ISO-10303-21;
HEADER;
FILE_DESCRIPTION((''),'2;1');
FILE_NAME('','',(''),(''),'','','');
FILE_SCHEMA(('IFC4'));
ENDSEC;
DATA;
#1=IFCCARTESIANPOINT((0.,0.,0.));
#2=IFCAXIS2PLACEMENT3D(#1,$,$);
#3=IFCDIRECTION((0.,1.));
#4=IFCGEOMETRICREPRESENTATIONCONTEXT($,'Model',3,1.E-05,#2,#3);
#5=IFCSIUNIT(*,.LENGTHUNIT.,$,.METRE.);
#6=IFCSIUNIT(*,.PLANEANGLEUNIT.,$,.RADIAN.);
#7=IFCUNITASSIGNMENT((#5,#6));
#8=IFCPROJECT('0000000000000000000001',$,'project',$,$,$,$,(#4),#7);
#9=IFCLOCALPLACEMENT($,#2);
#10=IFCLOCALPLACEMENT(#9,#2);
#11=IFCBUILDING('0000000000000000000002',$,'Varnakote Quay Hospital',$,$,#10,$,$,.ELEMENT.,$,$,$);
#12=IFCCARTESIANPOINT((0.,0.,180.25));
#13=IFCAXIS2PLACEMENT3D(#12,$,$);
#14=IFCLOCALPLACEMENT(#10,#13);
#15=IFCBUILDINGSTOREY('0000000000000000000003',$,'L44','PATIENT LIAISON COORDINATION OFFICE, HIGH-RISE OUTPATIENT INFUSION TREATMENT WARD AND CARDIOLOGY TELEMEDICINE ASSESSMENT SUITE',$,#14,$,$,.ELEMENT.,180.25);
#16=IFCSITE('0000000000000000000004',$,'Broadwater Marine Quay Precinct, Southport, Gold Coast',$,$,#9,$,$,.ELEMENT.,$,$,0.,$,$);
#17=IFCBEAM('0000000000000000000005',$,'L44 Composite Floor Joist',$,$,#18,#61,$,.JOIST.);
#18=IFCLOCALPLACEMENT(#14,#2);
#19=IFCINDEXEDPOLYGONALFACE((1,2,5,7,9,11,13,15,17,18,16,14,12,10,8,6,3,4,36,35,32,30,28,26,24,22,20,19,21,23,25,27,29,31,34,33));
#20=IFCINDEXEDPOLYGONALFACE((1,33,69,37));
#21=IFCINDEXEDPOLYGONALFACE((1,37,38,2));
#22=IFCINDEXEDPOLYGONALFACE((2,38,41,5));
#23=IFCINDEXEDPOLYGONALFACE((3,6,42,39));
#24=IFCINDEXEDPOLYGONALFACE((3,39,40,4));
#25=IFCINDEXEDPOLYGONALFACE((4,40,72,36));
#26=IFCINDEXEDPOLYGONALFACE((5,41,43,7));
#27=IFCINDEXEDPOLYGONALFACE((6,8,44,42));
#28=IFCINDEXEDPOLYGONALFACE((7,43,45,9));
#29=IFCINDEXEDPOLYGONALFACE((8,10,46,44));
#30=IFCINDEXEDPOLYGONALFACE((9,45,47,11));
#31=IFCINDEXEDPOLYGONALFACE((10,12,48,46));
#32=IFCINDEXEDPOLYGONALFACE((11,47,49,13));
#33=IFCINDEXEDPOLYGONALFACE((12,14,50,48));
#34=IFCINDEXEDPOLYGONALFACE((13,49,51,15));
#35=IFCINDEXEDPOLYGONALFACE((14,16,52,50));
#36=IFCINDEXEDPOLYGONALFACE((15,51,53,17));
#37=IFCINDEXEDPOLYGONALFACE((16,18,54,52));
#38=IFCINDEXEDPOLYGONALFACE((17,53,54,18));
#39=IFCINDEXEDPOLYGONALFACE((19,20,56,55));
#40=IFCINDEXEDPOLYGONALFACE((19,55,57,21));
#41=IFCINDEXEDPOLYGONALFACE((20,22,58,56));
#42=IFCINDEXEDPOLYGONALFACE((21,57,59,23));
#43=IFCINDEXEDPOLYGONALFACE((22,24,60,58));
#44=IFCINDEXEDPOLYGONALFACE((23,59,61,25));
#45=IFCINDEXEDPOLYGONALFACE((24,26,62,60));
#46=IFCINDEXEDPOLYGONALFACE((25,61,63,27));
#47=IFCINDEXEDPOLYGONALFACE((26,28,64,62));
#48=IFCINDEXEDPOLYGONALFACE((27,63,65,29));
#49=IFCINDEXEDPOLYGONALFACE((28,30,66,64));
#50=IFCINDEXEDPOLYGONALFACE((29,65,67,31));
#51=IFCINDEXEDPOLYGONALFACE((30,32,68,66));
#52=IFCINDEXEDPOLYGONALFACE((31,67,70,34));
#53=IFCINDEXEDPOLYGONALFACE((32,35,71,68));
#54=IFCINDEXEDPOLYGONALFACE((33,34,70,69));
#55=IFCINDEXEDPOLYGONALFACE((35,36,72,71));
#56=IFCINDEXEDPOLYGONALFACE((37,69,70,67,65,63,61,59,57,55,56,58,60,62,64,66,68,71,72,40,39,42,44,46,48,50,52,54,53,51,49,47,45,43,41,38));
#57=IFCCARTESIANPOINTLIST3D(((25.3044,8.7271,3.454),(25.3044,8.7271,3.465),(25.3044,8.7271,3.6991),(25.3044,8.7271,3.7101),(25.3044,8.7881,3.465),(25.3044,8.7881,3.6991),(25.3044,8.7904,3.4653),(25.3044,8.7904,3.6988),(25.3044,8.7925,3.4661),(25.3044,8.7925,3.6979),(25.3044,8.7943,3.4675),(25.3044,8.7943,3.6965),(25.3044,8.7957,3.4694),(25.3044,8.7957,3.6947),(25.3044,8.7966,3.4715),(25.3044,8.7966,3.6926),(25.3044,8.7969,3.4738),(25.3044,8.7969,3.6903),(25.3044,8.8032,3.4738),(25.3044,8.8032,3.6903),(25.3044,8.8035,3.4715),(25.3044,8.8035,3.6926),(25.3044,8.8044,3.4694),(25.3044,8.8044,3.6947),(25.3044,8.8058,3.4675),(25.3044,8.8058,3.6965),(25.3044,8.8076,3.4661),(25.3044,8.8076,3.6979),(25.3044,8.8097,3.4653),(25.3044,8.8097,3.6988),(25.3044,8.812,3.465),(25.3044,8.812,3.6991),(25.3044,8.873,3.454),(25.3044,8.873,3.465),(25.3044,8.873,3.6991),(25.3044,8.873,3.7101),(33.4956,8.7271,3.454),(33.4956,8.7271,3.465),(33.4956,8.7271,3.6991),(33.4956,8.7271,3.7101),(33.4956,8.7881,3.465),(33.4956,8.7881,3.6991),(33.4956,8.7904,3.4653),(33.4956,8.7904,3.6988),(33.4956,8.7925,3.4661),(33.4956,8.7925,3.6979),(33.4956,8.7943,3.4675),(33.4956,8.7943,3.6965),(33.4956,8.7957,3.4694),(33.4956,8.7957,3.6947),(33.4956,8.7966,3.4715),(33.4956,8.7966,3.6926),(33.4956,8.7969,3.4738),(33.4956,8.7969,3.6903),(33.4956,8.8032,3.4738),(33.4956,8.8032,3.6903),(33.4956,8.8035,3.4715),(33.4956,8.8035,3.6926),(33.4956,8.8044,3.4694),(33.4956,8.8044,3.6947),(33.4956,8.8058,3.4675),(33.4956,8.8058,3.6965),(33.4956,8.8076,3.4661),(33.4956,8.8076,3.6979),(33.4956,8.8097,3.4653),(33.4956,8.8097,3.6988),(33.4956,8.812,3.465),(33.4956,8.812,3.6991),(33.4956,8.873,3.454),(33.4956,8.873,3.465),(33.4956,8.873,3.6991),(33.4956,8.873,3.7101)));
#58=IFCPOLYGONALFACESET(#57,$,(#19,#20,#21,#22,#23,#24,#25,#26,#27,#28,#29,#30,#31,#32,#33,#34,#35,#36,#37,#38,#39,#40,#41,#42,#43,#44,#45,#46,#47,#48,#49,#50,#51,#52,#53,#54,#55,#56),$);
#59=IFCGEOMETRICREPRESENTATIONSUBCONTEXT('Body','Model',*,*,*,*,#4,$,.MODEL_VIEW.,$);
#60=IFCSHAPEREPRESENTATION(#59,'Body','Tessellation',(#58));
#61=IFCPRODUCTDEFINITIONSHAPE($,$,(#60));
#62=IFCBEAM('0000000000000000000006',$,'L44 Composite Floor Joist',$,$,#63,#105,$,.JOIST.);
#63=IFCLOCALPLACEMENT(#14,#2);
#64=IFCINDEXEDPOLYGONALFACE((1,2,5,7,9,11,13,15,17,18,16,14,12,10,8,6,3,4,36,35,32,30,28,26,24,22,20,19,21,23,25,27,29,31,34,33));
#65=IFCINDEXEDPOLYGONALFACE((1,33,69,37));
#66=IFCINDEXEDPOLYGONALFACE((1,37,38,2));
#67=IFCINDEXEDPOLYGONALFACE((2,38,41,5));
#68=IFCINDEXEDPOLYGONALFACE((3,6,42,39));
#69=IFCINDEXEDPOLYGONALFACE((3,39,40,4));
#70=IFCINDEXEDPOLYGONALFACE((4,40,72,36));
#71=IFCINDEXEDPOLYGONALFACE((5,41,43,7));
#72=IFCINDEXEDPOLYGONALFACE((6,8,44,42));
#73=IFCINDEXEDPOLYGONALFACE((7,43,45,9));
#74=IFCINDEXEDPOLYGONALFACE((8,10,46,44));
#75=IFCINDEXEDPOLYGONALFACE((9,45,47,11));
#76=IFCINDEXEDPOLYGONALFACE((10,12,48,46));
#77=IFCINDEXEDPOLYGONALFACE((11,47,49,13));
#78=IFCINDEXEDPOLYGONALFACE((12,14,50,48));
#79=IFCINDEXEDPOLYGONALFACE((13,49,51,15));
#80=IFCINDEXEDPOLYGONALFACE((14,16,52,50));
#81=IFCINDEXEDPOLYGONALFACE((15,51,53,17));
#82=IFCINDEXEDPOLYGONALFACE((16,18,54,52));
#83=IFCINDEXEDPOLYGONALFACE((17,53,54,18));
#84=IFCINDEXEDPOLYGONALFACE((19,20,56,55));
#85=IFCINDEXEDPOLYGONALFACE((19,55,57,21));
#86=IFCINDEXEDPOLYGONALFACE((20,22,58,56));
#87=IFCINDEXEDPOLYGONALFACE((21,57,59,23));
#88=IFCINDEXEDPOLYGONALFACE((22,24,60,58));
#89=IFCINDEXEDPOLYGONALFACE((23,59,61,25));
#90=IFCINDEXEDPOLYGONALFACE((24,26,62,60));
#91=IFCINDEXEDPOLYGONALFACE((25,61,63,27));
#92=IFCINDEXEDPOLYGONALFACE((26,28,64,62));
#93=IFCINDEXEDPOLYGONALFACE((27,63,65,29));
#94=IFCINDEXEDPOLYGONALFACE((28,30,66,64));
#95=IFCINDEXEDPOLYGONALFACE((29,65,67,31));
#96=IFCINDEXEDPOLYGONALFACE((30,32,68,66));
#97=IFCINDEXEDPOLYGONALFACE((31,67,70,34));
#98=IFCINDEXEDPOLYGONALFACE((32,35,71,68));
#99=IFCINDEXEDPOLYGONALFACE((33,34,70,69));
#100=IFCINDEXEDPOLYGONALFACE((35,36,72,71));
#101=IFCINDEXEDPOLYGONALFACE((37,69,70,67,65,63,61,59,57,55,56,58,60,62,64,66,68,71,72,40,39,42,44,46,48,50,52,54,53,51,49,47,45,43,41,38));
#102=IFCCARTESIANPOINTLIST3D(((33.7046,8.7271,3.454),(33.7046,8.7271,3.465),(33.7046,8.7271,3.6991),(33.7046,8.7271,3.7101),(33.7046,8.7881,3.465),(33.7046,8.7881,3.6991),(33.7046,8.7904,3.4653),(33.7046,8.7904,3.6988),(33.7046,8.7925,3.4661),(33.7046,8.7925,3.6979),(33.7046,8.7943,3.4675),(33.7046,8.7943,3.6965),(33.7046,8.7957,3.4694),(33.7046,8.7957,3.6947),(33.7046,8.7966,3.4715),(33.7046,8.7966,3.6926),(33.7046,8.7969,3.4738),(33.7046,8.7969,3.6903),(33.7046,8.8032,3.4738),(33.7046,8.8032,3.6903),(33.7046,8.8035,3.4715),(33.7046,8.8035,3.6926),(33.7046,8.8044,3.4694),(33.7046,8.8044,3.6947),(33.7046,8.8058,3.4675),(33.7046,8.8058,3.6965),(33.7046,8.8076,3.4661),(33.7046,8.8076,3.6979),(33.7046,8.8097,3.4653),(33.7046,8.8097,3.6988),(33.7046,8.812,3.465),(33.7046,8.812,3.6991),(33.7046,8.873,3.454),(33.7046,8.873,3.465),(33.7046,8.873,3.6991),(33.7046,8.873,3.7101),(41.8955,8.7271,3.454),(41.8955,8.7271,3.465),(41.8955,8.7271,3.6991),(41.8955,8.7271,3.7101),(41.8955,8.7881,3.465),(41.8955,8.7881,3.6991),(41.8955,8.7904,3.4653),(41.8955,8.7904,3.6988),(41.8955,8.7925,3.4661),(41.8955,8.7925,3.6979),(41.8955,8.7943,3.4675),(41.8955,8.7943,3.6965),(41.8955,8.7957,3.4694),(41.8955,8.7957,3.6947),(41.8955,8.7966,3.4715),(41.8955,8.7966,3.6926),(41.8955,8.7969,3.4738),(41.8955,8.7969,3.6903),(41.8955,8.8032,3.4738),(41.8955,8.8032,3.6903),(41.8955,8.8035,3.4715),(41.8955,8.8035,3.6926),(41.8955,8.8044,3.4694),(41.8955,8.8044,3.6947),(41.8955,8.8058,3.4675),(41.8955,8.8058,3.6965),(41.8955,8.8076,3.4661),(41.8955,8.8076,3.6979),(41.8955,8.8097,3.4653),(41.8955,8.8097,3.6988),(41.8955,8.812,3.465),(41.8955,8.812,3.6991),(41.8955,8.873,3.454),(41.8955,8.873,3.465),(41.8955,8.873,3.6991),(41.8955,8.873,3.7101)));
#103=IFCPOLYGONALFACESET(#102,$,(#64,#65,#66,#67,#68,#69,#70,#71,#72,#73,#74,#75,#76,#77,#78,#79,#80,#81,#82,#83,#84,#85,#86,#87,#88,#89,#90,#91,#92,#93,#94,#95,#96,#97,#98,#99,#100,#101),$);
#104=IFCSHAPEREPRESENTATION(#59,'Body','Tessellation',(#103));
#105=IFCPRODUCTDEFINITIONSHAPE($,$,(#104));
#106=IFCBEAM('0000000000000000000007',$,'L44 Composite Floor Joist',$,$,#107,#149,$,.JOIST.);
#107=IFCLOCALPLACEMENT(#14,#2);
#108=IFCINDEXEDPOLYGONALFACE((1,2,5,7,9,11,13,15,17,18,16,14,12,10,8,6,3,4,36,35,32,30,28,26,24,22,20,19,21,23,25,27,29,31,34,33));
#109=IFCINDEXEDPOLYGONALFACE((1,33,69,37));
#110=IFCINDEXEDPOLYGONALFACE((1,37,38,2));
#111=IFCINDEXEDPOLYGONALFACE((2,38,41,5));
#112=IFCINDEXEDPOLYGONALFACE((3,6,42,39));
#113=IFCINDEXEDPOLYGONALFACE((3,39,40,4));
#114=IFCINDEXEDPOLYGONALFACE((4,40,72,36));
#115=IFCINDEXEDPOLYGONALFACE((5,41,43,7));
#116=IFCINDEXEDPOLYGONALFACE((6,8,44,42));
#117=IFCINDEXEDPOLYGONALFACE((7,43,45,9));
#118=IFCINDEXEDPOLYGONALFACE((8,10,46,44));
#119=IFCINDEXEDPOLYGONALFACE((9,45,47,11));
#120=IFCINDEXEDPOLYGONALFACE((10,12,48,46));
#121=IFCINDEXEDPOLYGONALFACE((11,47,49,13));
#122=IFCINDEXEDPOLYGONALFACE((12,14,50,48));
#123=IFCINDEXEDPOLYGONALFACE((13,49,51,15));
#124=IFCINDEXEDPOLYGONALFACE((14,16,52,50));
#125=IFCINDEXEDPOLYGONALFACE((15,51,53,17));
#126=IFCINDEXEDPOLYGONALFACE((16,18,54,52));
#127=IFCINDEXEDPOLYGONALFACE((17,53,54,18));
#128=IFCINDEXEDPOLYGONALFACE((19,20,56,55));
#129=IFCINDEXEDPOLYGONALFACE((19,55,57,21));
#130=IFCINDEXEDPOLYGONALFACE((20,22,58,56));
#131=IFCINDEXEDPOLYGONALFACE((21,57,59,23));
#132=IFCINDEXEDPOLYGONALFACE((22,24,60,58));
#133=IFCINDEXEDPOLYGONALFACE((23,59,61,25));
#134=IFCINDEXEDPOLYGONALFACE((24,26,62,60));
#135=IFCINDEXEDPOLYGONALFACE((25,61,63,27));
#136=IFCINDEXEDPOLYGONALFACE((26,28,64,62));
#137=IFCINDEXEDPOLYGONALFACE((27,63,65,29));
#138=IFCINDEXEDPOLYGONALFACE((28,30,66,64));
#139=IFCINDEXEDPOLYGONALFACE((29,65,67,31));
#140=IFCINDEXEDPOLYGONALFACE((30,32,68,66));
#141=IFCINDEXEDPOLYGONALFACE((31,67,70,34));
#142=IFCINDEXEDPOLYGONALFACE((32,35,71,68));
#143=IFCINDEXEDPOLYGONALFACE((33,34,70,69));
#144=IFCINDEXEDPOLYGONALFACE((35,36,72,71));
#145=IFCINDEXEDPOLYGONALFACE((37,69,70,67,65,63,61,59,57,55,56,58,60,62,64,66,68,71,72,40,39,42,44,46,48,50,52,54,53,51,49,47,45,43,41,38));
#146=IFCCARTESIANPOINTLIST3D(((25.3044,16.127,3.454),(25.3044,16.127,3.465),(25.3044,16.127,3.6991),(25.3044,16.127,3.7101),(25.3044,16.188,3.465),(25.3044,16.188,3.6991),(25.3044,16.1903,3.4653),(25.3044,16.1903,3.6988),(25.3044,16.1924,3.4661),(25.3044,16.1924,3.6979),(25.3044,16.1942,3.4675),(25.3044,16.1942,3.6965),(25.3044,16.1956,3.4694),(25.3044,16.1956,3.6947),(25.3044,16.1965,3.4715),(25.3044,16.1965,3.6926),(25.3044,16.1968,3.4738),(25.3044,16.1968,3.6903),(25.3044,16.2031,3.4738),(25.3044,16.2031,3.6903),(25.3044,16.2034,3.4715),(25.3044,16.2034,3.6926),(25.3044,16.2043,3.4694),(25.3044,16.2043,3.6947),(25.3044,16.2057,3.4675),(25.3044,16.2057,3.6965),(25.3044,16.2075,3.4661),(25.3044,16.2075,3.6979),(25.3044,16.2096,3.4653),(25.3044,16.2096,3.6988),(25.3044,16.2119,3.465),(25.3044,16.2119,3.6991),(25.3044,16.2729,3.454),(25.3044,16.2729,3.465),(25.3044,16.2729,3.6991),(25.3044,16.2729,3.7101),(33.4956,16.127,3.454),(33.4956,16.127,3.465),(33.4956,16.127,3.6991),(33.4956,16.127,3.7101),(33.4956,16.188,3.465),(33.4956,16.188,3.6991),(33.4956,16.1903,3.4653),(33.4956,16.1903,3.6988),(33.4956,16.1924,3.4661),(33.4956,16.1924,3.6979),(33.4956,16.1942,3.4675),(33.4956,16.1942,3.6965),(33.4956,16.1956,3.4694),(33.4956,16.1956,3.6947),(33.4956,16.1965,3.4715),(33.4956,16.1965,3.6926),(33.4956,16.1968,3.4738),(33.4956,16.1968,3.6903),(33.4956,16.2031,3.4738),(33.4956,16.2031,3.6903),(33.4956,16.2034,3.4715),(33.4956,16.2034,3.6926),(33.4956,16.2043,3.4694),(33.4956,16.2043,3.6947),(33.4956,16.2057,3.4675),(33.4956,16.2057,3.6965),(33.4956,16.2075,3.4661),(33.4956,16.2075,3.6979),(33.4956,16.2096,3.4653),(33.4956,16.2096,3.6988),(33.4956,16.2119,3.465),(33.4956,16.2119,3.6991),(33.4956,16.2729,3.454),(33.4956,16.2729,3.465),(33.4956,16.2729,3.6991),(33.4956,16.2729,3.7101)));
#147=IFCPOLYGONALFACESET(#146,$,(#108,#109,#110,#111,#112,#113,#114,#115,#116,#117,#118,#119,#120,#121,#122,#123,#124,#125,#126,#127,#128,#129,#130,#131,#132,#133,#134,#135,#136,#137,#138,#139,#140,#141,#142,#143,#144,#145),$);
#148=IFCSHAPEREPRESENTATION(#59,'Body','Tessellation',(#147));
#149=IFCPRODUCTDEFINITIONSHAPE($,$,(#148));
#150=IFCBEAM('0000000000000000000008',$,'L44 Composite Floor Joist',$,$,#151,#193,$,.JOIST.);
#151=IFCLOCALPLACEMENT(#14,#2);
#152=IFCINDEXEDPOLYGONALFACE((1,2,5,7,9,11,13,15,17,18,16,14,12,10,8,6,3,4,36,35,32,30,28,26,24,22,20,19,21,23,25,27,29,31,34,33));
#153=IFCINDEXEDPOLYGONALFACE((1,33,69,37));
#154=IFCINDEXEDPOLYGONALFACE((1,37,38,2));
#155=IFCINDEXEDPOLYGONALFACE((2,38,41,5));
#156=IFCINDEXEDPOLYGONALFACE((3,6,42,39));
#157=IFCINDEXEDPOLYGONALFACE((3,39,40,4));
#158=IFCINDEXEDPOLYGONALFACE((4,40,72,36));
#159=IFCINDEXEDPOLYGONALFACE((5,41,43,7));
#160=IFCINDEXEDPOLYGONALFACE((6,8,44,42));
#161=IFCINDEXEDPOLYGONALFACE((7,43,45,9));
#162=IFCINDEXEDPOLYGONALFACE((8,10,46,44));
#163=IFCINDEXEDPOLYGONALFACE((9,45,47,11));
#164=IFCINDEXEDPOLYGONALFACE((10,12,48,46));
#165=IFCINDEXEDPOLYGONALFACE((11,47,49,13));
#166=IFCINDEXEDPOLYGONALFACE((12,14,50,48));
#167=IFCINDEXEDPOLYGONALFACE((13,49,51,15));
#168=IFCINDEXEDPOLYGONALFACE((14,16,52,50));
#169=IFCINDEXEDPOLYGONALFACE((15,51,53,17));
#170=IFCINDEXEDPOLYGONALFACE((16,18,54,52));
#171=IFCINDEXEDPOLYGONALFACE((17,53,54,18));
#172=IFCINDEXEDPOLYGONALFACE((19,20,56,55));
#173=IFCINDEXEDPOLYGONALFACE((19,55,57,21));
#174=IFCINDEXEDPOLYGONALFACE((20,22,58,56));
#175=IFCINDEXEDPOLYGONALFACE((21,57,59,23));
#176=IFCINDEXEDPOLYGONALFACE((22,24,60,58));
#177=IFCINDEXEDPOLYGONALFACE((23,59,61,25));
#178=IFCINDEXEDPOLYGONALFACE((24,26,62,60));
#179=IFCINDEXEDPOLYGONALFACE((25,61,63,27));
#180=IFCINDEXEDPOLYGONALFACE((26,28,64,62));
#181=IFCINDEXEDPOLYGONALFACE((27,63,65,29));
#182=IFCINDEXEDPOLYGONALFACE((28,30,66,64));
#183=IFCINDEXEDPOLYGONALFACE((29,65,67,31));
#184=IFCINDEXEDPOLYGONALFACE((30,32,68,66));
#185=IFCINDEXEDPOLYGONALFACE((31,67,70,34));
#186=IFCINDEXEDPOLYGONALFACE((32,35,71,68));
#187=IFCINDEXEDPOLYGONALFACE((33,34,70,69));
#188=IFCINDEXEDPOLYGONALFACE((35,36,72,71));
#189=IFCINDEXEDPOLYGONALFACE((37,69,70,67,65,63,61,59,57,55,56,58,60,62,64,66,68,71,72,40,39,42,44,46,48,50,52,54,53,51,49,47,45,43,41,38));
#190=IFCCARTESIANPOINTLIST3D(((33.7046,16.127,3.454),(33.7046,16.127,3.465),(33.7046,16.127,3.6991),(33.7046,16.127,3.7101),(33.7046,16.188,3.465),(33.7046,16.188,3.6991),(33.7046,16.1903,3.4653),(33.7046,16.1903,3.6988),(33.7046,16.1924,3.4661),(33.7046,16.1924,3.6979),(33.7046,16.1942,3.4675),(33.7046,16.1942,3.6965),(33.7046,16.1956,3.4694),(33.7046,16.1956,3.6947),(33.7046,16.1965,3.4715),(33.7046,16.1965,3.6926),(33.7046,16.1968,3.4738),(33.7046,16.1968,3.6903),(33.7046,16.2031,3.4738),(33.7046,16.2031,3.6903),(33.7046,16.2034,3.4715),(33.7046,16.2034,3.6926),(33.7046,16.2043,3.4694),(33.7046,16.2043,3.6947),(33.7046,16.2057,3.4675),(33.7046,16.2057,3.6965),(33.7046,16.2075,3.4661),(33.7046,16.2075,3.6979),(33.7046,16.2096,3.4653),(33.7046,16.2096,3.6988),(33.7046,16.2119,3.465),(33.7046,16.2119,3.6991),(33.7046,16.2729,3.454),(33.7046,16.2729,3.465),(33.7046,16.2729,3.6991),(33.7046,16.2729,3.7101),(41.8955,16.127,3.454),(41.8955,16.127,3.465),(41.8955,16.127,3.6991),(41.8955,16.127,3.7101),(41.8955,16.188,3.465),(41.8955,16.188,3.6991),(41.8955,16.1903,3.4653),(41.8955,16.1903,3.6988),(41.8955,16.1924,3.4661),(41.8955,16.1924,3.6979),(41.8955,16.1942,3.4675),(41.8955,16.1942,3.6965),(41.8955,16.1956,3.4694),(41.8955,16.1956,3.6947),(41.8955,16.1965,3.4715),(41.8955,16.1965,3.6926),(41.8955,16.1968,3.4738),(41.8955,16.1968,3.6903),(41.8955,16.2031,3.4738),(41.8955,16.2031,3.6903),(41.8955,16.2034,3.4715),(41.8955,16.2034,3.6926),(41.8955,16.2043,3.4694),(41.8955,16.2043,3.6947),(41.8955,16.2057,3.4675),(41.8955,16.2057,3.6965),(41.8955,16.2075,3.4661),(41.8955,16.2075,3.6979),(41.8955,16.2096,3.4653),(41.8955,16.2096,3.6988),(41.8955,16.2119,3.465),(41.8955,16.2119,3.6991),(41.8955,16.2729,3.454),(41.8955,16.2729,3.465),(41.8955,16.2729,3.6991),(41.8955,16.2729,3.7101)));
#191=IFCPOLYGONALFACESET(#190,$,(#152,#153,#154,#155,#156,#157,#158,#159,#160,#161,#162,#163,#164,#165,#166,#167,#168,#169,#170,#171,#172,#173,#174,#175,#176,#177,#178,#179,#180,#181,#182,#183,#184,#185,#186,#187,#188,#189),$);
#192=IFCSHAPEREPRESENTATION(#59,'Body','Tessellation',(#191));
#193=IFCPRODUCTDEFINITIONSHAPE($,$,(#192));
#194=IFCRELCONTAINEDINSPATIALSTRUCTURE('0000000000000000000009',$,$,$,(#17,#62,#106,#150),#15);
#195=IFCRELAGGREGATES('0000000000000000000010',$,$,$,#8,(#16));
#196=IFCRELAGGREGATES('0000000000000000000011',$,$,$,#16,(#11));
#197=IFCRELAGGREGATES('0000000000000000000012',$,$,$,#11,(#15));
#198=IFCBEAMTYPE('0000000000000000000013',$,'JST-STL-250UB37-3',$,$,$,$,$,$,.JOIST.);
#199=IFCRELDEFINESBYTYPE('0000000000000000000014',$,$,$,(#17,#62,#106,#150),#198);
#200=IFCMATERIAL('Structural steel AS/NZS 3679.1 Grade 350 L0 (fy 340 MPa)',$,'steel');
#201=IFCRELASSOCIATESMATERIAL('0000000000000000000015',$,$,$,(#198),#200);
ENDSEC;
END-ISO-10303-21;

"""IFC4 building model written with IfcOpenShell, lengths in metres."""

from ifc_helpers import new_model, si_unit, direction, frame, origin, origin_2d, place, context, subcontext, project, spatial, i_section, extrude, material, material_profile, profile_set, type_object, element, save


model = new_model("IFC4")

# Units and contexts
model_context = context("Model", 3, precision=1e-05, world=origin(), true_north=direction((0.0, 1.0)))
body_context = subcontext(model_context, "Body", "Model", "MODEL_VIEW")
ifc_project = project(units=[si_unit("LENGTHUNIT", "METRE"), si_unit("PLANEANGLEUNIT", "RADIAN")], contexts=[model_context])

# Site, building, storey
site_placement = place(None, origin())
site = spatial("IfcSite", under=ifc_project, at=site_placement, Name="Broadwater Marine Quay Precinct, Southport, Gold Coast", CompositionType="ELEMENT", RefElevation=0.0)
building_placement = place(site_placement, origin())
building = spatial("IfcBuilding", under=site, at=building_placement, Name="Varnakote Quay Hospital", CompositionType="ELEMENT")
storey_placement = place(building_placement, frame((0.0, 0.0, 180.25)))
storey = spatial("IfcBuildingStorey", under=building, at=storey_placement, Name="L44", Description="PATIENT LIAISON COORDINATION OFFICE, HIGH-RISE OUTPATIENT INFUSION TREATMENT WARD AND CARDIOLOGY TELEMEDICINE ASSESSMENT SUITE", CompositionType="ELEMENT", Elevation=180.25)

# Beams
ifc_material_1 = material(Name="Structural steel AS/NZS 3679.1 Grade 350 L0 (fy 340 MPa)", Category="steel")
ifc_material_profile_1 = material_profile(ifc_material_1, i_section(OverallWidth=0.146, OverallDepth=0.2561, WebThickness=0.0063, FlangeThickness=0.011, FilletRadius=0.0088, at=origin_2d()), Name="250UB37.3")
ifc_profile_set_1 = profile_set([ifc_material_profile_1], Name="Structural steel AS/NZS 3679.1 Grade 350 L0 (fy 340 MPa)")
beam_type_1 = type_object("IfcBeamType", Name="JST-STL-250UB37-3", PredefinedType="JOIST", material=ifc_profile_set_1)
beam_1_placement = place(storey_placement, frame((25.3044, 8.8, 3.582), z_axis=(1.0, 0.0, 0.0), x_axis=(0.0, 1.0, 0.0)))
element("IfcBeam", 1, at=beam_1_placement, inside=storey, type_object=beam_type_1, Name="L44 Composite Floor Joist", PredefinedType="JOIST", context=body_context, shape_type="SweptSolid", body=[
    extrude(i_section(OverallWidth=0.146, OverallDepth=0.2561, WebThickness=0.0063, FlangeThickness=0.011, FilletRadius=0.0088, at=origin_2d()), origin(), (0.0, 0.0, 1.0), 8.1912),
])
beam_2_placement = place(storey_placement, frame((33.7046, 8.8, 3.582), z_axis=(1.0, 0.0, 0.0), x_axis=(0.0, 1.0, 0.0)))
element("IfcBeam", 2, at=beam_2_placement, inside=storey, type_object=beam_type_1, Name="L44 Composite Floor Joist", PredefinedType="JOIST", context=body_context, shape_type="SweptSolid", body=[
    extrude(i_section(OverallWidth=0.146, OverallDepth=0.2561, WebThickness=0.0063, FlangeThickness=0.011, FilletRadius=0.0088, at=origin_2d()), origin(), (0.0, 0.0, 1.0), 8.1909),
])
beam_3_placement = place(storey_placement, frame((25.3044, 16.2, 3.582), z_axis=(1.0, 0.0, 0.0), x_axis=(0.0, 1.0, 0.0)))
element("IfcBeam", 3, at=beam_3_placement, inside=storey, type_object=beam_type_1, Name="L44 Composite Floor Joist", PredefinedType="JOIST", context=body_context, shape_type="SweptSolid", body=[
    extrude(i_section(OverallWidth=0.146, OverallDepth=0.2561, WebThickness=0.0063, FlangeThickness=0.011, FilletRadius=0.0088, at=origin_2d()), origin(), (0.0, 0.0, 1.0), 8.1912),
])
beam_4_placement = place(storey_placement, frame((33.7046, 16.2, 3.582), z_axis=(1.0, 0.0, 0.0), x_axis=(0.0, 1.0, 0.0)))
element("IfcBeam", 4, at=beam_4_placement, inside=storey, type_object=beam_type_1, Name="L44 Composite Floor Joist", PredefinedType="JOIST", context=body_context, shape_type="SweptSolid", body=[
    extrude(i_section(OverallWidth=0.146, OverallDepth=0.2561, WebThickness=0.0063, FlangeThickness=0.011, FilletRadius=0.0088, at=origin_2d()), origin(), (0.0, 0.0, 1.0), 8.1909),
])

save(model, "model.ifc")
